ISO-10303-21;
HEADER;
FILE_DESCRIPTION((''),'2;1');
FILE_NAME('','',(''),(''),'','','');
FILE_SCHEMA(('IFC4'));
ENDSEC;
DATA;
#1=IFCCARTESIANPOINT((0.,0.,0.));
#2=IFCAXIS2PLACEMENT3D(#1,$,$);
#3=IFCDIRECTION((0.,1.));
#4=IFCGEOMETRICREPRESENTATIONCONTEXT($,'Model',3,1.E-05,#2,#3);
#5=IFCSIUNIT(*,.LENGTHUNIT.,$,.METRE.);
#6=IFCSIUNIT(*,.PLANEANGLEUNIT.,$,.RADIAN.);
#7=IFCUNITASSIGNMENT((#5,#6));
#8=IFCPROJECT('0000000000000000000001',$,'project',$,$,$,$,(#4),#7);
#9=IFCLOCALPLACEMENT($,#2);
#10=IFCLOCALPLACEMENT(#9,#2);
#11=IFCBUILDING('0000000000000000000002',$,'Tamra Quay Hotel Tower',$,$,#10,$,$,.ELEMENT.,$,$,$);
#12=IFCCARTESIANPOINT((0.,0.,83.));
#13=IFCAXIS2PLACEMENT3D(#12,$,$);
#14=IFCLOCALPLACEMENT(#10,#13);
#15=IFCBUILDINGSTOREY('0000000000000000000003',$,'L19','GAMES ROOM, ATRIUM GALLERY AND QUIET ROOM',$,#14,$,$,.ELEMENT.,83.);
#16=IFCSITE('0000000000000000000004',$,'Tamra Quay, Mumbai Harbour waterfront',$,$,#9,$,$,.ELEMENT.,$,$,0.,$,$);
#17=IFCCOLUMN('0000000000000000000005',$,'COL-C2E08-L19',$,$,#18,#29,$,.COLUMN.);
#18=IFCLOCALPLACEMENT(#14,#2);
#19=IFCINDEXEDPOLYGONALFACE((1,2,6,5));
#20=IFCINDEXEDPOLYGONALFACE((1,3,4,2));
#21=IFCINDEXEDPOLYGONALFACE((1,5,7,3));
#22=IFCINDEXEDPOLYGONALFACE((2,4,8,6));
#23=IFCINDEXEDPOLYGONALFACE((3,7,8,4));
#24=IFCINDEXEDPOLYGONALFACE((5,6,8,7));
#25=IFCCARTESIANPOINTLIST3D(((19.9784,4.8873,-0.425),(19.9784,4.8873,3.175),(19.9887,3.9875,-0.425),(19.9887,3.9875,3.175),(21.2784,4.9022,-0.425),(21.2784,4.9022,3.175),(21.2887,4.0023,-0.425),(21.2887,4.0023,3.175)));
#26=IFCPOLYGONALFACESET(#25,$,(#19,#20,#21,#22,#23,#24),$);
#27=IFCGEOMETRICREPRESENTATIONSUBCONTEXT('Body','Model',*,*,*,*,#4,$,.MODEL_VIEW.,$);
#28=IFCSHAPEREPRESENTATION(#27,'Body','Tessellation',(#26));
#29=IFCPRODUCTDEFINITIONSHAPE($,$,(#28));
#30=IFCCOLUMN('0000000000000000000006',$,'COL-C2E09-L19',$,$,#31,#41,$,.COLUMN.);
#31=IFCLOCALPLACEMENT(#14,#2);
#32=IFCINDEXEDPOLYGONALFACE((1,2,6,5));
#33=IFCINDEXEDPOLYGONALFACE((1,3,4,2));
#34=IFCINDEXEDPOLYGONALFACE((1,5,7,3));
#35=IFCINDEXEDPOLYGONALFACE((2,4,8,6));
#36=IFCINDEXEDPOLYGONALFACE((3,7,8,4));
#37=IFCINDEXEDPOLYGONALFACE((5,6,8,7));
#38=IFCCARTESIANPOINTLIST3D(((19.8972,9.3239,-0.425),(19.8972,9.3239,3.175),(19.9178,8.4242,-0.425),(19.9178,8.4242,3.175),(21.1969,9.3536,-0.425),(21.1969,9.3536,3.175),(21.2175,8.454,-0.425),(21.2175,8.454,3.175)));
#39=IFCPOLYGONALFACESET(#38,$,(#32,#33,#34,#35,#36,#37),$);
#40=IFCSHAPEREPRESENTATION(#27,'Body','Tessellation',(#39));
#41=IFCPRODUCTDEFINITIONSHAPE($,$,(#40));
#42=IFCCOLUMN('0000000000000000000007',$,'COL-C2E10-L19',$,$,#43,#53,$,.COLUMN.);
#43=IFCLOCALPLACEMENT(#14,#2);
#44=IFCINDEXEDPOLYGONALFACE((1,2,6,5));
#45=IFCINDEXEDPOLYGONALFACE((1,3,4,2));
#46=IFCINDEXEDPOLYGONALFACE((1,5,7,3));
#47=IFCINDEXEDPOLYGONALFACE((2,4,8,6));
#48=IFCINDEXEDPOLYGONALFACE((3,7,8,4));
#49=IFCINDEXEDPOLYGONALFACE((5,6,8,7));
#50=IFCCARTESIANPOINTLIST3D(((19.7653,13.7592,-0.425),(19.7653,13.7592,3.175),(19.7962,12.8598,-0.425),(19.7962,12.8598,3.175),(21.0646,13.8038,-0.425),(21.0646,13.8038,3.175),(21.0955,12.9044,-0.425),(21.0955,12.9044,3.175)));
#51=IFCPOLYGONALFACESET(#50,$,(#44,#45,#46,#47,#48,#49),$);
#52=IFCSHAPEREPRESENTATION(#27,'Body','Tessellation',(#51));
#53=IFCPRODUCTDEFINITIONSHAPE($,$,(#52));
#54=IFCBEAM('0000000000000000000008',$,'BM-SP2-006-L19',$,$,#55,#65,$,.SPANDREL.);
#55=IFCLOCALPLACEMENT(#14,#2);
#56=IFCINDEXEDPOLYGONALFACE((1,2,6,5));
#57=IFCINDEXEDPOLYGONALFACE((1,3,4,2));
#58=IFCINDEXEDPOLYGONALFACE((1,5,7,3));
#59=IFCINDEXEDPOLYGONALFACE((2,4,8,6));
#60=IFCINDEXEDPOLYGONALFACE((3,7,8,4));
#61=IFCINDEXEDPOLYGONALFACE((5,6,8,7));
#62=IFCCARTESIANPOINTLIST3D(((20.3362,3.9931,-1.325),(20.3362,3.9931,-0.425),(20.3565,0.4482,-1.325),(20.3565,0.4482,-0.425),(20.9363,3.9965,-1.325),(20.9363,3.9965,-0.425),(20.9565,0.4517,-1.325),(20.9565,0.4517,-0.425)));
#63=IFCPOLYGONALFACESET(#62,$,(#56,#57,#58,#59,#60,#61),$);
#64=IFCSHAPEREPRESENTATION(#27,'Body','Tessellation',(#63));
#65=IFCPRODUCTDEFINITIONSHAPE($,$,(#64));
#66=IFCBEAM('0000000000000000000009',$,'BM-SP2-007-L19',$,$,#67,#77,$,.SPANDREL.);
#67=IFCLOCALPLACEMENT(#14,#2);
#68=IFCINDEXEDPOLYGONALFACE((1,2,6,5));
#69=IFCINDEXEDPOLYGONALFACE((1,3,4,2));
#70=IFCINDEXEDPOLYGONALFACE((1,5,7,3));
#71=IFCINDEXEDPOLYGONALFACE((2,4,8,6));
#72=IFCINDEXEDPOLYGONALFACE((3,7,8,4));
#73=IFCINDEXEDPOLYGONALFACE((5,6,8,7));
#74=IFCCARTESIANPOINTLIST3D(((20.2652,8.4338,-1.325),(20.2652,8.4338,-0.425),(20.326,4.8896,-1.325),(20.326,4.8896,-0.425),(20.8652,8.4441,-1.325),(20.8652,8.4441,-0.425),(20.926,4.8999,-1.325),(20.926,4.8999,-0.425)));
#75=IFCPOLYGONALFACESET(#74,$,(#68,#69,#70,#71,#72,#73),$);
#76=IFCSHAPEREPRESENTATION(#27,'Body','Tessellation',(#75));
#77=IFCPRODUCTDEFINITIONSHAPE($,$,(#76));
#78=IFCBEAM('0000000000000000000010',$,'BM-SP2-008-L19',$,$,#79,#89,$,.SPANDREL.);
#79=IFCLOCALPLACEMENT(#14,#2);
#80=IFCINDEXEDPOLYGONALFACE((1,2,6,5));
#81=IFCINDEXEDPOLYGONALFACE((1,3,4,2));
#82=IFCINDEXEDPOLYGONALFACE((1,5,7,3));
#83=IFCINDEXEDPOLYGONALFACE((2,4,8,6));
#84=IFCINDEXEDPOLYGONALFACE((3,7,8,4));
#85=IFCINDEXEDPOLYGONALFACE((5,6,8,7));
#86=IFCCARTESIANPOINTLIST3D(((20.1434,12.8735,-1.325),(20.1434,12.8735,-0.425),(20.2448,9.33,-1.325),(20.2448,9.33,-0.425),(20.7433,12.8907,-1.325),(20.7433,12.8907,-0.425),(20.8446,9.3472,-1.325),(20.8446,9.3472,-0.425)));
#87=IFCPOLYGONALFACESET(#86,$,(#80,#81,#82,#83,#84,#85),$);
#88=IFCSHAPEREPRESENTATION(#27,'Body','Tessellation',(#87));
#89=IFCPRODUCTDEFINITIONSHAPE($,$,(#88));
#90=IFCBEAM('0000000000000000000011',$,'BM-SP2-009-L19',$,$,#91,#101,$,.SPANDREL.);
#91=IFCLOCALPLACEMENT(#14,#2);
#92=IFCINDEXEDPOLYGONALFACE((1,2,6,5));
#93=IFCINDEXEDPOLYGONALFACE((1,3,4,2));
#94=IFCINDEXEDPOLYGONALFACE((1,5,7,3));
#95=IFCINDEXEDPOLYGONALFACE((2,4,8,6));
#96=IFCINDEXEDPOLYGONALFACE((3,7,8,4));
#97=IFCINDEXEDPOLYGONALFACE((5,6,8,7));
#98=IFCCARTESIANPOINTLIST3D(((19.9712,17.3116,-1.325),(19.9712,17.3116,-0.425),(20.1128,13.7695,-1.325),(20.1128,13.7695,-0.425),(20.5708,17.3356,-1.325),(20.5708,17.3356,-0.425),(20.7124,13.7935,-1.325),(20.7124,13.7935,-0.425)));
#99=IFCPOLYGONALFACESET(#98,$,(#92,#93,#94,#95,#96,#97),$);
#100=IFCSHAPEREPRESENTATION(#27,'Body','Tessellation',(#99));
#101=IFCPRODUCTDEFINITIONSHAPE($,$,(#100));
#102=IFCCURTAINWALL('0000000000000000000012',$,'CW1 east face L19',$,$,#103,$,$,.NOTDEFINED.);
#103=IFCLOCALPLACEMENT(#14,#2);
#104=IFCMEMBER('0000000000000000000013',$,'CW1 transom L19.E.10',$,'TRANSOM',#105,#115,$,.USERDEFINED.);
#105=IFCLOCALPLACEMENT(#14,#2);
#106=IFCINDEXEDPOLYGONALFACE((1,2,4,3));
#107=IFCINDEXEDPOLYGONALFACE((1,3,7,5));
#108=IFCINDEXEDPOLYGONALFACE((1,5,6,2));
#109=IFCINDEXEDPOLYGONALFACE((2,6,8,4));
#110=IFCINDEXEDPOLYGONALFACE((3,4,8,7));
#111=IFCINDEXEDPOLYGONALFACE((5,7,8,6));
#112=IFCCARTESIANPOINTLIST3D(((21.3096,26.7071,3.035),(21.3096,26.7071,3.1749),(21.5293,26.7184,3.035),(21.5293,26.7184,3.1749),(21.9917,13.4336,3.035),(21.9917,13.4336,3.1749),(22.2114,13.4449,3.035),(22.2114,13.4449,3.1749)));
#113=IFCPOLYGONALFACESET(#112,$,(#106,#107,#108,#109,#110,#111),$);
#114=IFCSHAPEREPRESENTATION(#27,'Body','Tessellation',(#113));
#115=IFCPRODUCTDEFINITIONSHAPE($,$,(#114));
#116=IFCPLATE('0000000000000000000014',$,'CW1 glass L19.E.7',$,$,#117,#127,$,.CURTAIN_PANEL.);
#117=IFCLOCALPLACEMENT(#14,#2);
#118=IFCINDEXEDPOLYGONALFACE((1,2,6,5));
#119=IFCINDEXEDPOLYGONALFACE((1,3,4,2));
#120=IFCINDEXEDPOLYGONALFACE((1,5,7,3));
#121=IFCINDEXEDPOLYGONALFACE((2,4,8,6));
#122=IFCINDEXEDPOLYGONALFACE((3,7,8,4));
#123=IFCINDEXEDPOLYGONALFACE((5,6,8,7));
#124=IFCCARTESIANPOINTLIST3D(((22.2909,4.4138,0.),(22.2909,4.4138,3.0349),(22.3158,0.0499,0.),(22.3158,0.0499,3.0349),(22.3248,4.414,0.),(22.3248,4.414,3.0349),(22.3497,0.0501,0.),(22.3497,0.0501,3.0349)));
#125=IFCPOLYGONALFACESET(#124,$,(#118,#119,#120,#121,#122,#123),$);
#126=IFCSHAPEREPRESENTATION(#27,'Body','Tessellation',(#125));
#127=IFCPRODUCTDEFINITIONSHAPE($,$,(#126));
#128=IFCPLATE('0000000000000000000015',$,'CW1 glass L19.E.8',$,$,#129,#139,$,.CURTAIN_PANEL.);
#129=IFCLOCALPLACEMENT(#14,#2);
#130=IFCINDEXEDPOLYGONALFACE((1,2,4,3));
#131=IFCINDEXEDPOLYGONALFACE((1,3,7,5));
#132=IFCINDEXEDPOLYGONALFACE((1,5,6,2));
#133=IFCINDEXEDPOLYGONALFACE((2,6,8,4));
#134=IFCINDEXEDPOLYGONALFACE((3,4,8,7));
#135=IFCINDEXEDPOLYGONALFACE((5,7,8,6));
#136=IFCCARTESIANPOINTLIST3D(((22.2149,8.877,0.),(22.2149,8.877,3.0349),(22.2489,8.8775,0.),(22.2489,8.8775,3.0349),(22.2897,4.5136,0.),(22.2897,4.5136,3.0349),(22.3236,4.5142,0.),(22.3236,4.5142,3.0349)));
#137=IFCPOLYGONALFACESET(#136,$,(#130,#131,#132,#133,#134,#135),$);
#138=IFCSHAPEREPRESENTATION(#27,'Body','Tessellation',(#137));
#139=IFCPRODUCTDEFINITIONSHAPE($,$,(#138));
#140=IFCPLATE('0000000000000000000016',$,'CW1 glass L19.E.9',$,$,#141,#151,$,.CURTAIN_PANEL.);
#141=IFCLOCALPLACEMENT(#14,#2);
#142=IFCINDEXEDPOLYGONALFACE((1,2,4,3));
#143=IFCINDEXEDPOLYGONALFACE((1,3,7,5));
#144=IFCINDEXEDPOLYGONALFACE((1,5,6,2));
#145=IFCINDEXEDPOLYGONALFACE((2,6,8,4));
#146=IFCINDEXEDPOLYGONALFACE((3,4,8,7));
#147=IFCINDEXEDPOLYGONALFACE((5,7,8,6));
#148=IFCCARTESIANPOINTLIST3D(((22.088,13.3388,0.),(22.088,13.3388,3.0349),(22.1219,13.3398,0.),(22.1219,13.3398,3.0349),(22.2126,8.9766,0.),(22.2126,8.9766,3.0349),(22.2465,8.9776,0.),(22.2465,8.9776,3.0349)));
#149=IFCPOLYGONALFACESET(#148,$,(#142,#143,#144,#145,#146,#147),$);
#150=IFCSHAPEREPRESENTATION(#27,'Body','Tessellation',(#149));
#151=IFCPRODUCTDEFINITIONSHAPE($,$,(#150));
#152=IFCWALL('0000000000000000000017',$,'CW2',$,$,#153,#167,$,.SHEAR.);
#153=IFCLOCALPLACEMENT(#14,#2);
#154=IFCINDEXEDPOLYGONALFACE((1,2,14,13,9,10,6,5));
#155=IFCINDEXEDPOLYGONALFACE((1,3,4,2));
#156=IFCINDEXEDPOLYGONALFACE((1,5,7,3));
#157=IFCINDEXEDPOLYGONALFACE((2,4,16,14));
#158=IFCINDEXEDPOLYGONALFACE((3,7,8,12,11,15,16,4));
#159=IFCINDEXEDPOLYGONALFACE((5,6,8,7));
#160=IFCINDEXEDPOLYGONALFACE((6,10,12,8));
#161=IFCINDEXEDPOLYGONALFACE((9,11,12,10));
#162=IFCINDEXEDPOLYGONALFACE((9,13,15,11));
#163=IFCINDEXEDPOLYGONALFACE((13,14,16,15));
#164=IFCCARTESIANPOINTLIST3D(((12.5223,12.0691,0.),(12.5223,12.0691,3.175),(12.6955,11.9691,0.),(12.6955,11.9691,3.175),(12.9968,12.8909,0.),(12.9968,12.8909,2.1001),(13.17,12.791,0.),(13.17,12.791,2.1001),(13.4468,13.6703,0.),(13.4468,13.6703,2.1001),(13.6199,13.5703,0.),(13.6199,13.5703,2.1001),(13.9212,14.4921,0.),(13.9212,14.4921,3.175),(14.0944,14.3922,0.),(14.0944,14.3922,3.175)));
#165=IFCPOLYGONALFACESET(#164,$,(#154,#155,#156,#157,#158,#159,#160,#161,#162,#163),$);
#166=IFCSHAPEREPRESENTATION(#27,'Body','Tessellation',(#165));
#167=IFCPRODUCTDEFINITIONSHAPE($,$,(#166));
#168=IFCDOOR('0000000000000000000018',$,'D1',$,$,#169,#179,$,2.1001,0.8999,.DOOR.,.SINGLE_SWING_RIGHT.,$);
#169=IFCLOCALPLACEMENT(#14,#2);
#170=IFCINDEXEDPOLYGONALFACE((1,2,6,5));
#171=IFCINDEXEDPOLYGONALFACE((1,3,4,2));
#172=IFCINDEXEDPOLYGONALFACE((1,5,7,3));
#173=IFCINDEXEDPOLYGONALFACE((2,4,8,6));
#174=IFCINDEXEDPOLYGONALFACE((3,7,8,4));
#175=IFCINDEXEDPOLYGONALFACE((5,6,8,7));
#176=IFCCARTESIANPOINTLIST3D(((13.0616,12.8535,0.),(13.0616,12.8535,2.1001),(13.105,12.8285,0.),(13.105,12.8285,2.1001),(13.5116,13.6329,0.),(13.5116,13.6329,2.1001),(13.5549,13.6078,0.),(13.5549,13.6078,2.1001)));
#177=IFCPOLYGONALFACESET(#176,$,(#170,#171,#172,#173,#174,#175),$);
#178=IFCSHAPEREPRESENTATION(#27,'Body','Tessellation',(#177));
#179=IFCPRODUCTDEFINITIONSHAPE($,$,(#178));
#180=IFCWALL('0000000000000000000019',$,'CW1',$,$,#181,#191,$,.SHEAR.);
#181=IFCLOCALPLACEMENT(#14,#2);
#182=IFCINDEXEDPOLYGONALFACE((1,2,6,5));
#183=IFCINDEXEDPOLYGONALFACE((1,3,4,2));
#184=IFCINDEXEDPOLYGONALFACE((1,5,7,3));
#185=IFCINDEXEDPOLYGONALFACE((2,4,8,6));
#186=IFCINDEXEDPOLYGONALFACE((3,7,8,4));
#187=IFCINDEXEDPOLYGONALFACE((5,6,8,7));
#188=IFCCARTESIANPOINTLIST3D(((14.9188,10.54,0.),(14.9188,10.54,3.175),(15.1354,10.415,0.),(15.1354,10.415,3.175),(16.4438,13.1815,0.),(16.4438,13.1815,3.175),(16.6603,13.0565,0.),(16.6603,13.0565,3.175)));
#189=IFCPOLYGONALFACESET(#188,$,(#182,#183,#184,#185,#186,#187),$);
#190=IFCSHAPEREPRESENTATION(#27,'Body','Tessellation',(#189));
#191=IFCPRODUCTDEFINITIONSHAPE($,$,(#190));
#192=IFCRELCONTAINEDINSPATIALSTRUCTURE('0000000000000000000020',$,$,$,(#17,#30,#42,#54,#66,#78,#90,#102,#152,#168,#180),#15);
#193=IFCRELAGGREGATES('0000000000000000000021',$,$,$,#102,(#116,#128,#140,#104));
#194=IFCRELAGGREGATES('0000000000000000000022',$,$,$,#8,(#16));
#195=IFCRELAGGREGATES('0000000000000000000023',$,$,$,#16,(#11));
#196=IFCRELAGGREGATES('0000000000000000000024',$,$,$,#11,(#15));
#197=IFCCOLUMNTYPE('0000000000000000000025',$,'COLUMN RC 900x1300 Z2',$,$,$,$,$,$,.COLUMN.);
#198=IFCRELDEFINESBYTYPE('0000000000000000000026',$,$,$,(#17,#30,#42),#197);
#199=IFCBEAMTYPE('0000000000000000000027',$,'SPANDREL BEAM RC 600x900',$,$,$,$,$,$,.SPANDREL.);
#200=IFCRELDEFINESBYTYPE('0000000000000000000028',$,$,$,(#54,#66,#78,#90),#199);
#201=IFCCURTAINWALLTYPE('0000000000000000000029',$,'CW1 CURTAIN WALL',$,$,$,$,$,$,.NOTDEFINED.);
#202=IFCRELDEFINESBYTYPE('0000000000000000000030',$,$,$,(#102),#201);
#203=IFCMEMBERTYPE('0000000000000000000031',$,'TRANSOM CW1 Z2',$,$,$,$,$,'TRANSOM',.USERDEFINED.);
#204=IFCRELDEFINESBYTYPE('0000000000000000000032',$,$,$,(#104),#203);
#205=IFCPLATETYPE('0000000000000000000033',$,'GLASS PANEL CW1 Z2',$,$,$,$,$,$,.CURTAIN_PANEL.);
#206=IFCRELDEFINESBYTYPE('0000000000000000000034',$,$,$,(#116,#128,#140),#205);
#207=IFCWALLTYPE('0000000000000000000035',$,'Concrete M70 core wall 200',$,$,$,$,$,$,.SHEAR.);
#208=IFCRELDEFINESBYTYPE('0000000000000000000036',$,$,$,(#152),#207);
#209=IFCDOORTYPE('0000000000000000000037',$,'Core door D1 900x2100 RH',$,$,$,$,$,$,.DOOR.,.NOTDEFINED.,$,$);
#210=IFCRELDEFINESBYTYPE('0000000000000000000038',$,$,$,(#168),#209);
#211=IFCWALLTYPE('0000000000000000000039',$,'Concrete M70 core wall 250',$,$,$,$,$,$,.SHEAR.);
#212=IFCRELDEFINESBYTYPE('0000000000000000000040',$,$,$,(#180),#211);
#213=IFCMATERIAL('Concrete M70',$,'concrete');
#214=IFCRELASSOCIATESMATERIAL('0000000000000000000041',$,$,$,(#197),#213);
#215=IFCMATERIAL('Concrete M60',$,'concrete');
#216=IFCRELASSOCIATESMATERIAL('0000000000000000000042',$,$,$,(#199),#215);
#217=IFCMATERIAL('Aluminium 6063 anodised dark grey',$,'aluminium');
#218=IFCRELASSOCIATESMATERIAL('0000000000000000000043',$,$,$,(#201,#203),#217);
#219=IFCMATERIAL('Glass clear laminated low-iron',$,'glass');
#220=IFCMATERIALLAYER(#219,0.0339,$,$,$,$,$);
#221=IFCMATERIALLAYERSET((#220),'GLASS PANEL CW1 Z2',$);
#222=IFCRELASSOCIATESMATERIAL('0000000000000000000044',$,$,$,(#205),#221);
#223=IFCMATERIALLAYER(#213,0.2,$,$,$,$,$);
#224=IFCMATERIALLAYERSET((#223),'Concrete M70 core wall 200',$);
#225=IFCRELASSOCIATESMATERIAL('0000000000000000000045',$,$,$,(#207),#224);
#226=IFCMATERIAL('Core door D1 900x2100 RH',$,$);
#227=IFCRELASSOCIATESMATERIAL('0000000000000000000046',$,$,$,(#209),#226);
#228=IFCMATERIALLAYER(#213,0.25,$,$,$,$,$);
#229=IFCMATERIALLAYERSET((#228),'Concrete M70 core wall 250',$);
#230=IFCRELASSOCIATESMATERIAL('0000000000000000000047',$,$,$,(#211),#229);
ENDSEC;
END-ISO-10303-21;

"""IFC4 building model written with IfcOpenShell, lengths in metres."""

from ifc_helpers import new_model, si_unit, direction, frame, frame_2d, origin, origin_2d, place, context, subcontext, project, spatial, rectangle, extrude, material, layer, layer_set, material_profile, profile_set, type_object, element, fill, aggregate, save


model = new_model("IFC4")

# Units and contexts
model_context = context("Model", 3, precision=1e-05, world=origin(), true_north=direction((0.0, 1.0)))
body_context = subcontext(model_context, "Body", "Model", "MODEL_VIEW")
ifc_project = project(units=[si_unit("LENGTHUNIT", "METRE"), si_unit("PLANEANGLEUNIT", "RADIAN")], contexts=[model_context])

# Site, building, storey
site_placement = place(None, origin())
site = spatial("IfcSite", under=ifc_project, at=site_placement, Name="Tamra Quay, Mumbai Harbour waterfront", CompositionType="ELEMENT", RefElevation=0.0)
building_placement = place(site_placement, origin())
building = spatial("IfcBuilding", under=site, at=building_placement, Name="Tamra Quay Hotel Tower", CompositionType="ELEMENT")
storey_placement = place(building_placement, frame((0.0, 0.0, 83.0)))
storey = spatial("IfcBuildingStorey", under=building, at=storey_placement, Name="L19", Description="GAMES ROOM, ATRIUM GALLERY AND QUIET ROOM", CompositionType="ELEMENT", Elevation=83.0)

# Columns
ifc_material_1 = material(Name="Concrete M70", Category="concrete")
ifc_material_profile_1 = material_profile(ifc_material_1, rectangle(XDim=1.3, YDim=0.8999, at=origin_2d()), Name="COLUMN RC 900x1300 Z2")
ifc_profile_set_1 = profile_set([ifc_material_profile_1], Name="Concrete M70")
column_type = type_object("IfcColumnType", Name="COLUMN RC 900x1300 Z2", PredefinedType="COLUMN", material=ifc_profile_set_1)
for number, where, z_axis, x_axis, name in (
    (1, (20.6335, 4.4448, -0.425), (0.0, 0.0, 1.0), (0.999935, 0.011439, 0.0), "COL-C2E08-L19"),
    (2, (20.5574, 8.8889, -0.425), (0.0, 0.0, 1.0), (0.999738, 0.022874, 0.0), "COL-C2E09-L19"),
    (3, (20.4304, 13.3318, -0.425), (0.0, 0.0, 1.0), (0.999412, 0.034299, 0.0), "COL-C2E10-L19"),
):
    element("IfcColumn", number, at=place(storey_placement, frame(where, z_axis=z_axis, x_axis=x_axis)), inside=storey, type_object=column_type, Name=name, PredefinedType="COLUMN", context=body_context, shape_type="SweptSolid", body=[
        extrude(rectangle(XDim=1.3, YDim=0.8999, at=origin_2d()), origin(), (0.0, 0.0, 1.0), 3.6001),
    ])

# Beams
ifc_material_2 = material(Name="Concrete M60", Category="concrete")
ifc_material_profile_2 = material_profile(ifc_material_2, rectangle(XDim=0.6001, YDim=0.8999, at=origin_2d()), Name="SPANDREL BEAM RC 600x900")
ifc_profile_set_2 = profile_set([ifc_material_profile_2], Name="Concrete M60")
beam_type = type_object("IfcBeamType", Name="SPANDREL BEAM RC 600x900", PredefinedType="SPANDREL", material=ifc_profile_set_2)
beam_1_placement = place(storey_placement, frame((20.6565, 0.45, -0.875), z_axis=(-0.005716, 0.999984, 0.0), x_axis=(-0.999984, -0.005716, 0.0)))
element("IfcBeam", 4, at=beam_1_placement, inside=storey, type_object=beam_type, Name="BM-SP2-006-L19", PredefinedType="SPANDREL", context=body_context, shape_type="SweptSolid", body=[
    extrude(rectangle(XDim=0.6001, YDim=0.8999, at=origin_2d()), origin(), (0.0, 0.0, 1.0), 3.5449),
])
beam_2_placement = place(storey_placement, frame((20.626, 4.8948, -0.875), z_axis=(-0.01715, 0.999853, 0.0), x_axis=(-0.999853, -0.01715, 0.0)))
element("IfcBeam", 5, at=beam_2_placement, inside=storey, type_object=beam_type, Name="BM-SP2-007-L19", PredefinedType="SPANDREL", context=body_context, shape_type="SweptSolid", body=[
    extrude(rectangle(XDim=0.6001, YDim=0.8999, at=origin_2d()), origin(), (0.0, 0.0, 1.0), 3.5447),
])
for number, where, z_axis, x_axis, name in (
    (6, (20.5447, 9.3386, -0.875), (-0.028581, 0.999591, 0.0), (-0.999591, -0.028581, 0.0), "BM-SP2-008-L19"),
    (7, (20.4126, 13.7815, -0.875), (-0.039946, 0.999202, 0.0), (-0.999202, -0.039946, 0.0), "BM-SP2-009-L19"),
):
    element("IfcBeam", number, at=place(storey_placement, frame(where, z_axis=z_axis, x_axis=x_axis)), inside=storey, type_object=beam_type, Name=name, PredefinedType="SPANDREL", context=body_context, shape_type="SweptSolid", body=[
        extrude(rectangle(XDim=0.6001, YDim=0.8999, at=origin_2d()), origin(), (0.0, 0.0, 1.0), 3.5449),
    ])

# Curtain wall, member, plates
ifc_material_3 = material(Name="Aluminium 6063 anodised dark grey", Category="aluminium")
curtain_wall_type = type_object("IfcCurtainWallType", Name="CW1 CURTAIN WALL", PredefinedType="NOTDEFINED", material=ifc_material_3)
curtain_wall_placement = place(storey_placement, origin())
curtain_wall = element("IfcCurtainWall", 8, at=curtain_wall_placement, inside=storey, type_object=curtain_wall_type, Name="CW1 east face L19", PredefinedType="NOTDEFINED")
ifc_material_profile_3 = material_profile(ifc_material_3, rectangle(XDim=0.22, YDim=0.1399, at=origin_2d()), Name="TRANSOM 220X140")
ifc_profile_set_3 = profile_set([ifc_material_profile_3], Name="Aluminium 6063 anodised dark grey")
member_type = type_object("IfcMemberType", Name="TRANSOM CW1 Z2", ElementType="TRANSOM", PredefinedType="USERDEFINED", material=ifc_profile_set_3)
member_placement = place(storey_placement, frame((22.1016, 13.4392, 3.105), z_axis=(-0.051323, 0.998682, 0.0), x_axis=(-0.998682, -0.051323, 0.0)))
member = element("IfcMember", 9, at=member_placement, type_object=member_type, Name="CW1 transom L19.E.10", ObjectType="TRANSOM", PredefinedType="USERDEFINED", context=body_context, shape_type="SweptSolid", body=[
    extrude(rectangle(XDim=0.22, YDim=0.1399, at=origin_2d()), origin(), (0.0, 0.0, 1.0), 13.291),
])
ifc_material_4 = material(Name="Glass clear laminated low-iron", Category="glass")
ifc_layer_1 = layer(ifc_material_4, 0.0339)
ifc_layer_set_1 = layer_set([ifc_layer_1], Name="GLASS PANEL CW1 Z2")
plate_type = type_object("IfcPlateType", Name="GLASS PANEL CW1 Z2", PredefinedType="CURTAIN_PANEL", material=ifc_layer_set_1)
plate_1_placement = place(storey_placement, frame((22.3203, 2.2319, 0.0), z_axis=(0.0, 0.0, 1.0), x_axis=(-0.005713, 0.999984, 0.0)))
plate_1 = element("IfcPlate", 10, at=plate_1_placement, type_object=plate_type, Name="CW1 glass L19.E.7", PredefinedType="CURTAIN_PANEL", context=body_context, shape_type="SweptSolid", body=[
    extrude(rectangle(XDim=4.364, YDim=0.0339, at=origin_2d()), origin(), (0.0, 0.0, 1.0), 3.0349),
])
plate_2_placement = place(storey_placement, frame((22.2693, 6.6956, 0.0), z_axis=(0.0, 0.0, 1.0), x_axis=(-0.017134, 0.999853, 0.0)))
plate_2 = element("IfcPlate", 11, at=plate_2_placement, type_object=plate_type, Name="CW1 glass L19.E.8", PredefinedType="CURTAIN_PANEL", context=body_context, shape_type="SweptSolid", body=[
    extrude(rectangle(XDim=4.364, YDim=0.0339, at=origin_2d()), origin(), (0.0, 0.0, 1.0), 3.0349),
])
plate_3_placement = place(storey_placement, frame((22.1672, 11.1582, 0.0), z_axis=(0.0, 0.0, 1.0), x_axis=(-0.028546, 0.999592, 0.0)))
plate_3 = element("IfcPlate", 12, at=plate_3_placement, type_object=plate_type, Name="CW1 glass L19.E.9", PredefinedType="CURTAIN_PANEL", context=body_context, shape_type="SweptSolid", body=[
    extrude(rectangle(XDim=4.364, YDim=0.0339, at=origin_2d()), origin(), (0.0, 0.0, 1.0), 3.0349),
])
aggregate(curtain_wall, [plate_1, plate_2, plate_3, member])

# Wall, opening, door
ifc_layer_2 = layer(ifc_material_1, 0.2)
ifc_layer_set_2 = layer_set([ifc_layer_2], Name="Concrete M70 core wall 200")
wall_type_1 = type_object("IfcWallType", Name="Concrete M70 core wall 200", PredefinedType="SHEAR", material=ifc_layer_set_2)
wall_1_placement = place(storey_placement, frame((14.0078, 14.4421, 0.0), z_axis=(0.0, 0.0, 1.0), x_axis=(-0.499987, -0.866033, 0.0)))
wall_1 = element("IfcWall", 13, at=wall_1_placement, inside=storey, type_object=wall_type_1, Name="CW2", PredefinedType="SHEAR", context=body_context, shape_type="SweptSolid", body=[
    extrude(rectangle(XDim=2.7979, YDim=0.2, at=frame_2d((1.3989, 0.0))), origin(), (0.0, 0.0, 1.0), 3.175),
])
opening_placement = place(wall_1_placement, frame((0.949, 0.0, 0.0)))
opening = element("IfcOpeningElement", 14, at=opening_placement, cuts=wall_1, PredefinedType="OPENING", context=body_context, shape_type="SweptSolid", body=[
    extrude(rectangle(XDim=0.8999, YDim=2.1001, at=frame_2d((0.45, 1.05))), frame((0.0, 0.1099, 0.0), z_axis=(0.0, -1.0, 0.0), x_axis=(1.0, 0.0, 0.0)), (0.0, 0.0, 1.0), 0.22),
])
ifc_material_5 = material(Name="Core door D1 900x2100 RH")
door_type = type_object("IfcDoorType", Name="Core door D1 900x2100 RH", OperationType="NOTDEFINED", PredefinedType="DOOR", material=ifc_material_5)
door_placement = place(opening_placement, origin())
door = element("IfcDoor", 15, at=door_placement, inside=storey, type_object=door_type, Name="D1", OperationType="SINGLE_SWING_RIGHT", OverallHeight=2.1001, OverallWidth=0.8999, PredefinedType="DOOR", context=body_context, shape_type="SweptSolid", body=[
    extrude(rectangle(XDim=0.8999, YDim=2.1001, at=frame_2d((0.45, 1.05))), frame((0.0, 0.0249, 0.0), z_axis=(0.0, -1.0, 0.0), x_axis=(1.0, 0.0, 0.0)), (0.0, 0.0, 1.0), 0.05),
])
fill(opening, door)

# Wall
ifc_layer_3 = layer(ifc_material_1, 0.25)
ifc_layer_set_3 = layer_set([ifc_layer_3], Name="Concrete M70 core wall 250")
wall_type_2 = type_object("IfcWallType", Name="Concrete M70 core wall 250", PredefinedType="SHEAR", material=ifc_layer_set_3)
wall_2_placement = place(storey_placement, frame((16.552, 13.1189, 0.0), z_axis=(0.0, 0.0, 1.0), x_axis=(-0.499979, -0.866038, 0.0)))
element("IfcWall", 16, at=wall_2_placement, inside=storey, type_object=wall_type_2, Name="CW1", PredefinedType="SHEAR", context=body_context, shape_type="SweptSolid", body=[
    extrude(rectangle(XDim=3.05, YDim=0.25, at=frame_2d((1.5249, 0.0))), origin(), (0.0, 0.0, 1.0), 3.175),
])

save(model, "model.ifc")
